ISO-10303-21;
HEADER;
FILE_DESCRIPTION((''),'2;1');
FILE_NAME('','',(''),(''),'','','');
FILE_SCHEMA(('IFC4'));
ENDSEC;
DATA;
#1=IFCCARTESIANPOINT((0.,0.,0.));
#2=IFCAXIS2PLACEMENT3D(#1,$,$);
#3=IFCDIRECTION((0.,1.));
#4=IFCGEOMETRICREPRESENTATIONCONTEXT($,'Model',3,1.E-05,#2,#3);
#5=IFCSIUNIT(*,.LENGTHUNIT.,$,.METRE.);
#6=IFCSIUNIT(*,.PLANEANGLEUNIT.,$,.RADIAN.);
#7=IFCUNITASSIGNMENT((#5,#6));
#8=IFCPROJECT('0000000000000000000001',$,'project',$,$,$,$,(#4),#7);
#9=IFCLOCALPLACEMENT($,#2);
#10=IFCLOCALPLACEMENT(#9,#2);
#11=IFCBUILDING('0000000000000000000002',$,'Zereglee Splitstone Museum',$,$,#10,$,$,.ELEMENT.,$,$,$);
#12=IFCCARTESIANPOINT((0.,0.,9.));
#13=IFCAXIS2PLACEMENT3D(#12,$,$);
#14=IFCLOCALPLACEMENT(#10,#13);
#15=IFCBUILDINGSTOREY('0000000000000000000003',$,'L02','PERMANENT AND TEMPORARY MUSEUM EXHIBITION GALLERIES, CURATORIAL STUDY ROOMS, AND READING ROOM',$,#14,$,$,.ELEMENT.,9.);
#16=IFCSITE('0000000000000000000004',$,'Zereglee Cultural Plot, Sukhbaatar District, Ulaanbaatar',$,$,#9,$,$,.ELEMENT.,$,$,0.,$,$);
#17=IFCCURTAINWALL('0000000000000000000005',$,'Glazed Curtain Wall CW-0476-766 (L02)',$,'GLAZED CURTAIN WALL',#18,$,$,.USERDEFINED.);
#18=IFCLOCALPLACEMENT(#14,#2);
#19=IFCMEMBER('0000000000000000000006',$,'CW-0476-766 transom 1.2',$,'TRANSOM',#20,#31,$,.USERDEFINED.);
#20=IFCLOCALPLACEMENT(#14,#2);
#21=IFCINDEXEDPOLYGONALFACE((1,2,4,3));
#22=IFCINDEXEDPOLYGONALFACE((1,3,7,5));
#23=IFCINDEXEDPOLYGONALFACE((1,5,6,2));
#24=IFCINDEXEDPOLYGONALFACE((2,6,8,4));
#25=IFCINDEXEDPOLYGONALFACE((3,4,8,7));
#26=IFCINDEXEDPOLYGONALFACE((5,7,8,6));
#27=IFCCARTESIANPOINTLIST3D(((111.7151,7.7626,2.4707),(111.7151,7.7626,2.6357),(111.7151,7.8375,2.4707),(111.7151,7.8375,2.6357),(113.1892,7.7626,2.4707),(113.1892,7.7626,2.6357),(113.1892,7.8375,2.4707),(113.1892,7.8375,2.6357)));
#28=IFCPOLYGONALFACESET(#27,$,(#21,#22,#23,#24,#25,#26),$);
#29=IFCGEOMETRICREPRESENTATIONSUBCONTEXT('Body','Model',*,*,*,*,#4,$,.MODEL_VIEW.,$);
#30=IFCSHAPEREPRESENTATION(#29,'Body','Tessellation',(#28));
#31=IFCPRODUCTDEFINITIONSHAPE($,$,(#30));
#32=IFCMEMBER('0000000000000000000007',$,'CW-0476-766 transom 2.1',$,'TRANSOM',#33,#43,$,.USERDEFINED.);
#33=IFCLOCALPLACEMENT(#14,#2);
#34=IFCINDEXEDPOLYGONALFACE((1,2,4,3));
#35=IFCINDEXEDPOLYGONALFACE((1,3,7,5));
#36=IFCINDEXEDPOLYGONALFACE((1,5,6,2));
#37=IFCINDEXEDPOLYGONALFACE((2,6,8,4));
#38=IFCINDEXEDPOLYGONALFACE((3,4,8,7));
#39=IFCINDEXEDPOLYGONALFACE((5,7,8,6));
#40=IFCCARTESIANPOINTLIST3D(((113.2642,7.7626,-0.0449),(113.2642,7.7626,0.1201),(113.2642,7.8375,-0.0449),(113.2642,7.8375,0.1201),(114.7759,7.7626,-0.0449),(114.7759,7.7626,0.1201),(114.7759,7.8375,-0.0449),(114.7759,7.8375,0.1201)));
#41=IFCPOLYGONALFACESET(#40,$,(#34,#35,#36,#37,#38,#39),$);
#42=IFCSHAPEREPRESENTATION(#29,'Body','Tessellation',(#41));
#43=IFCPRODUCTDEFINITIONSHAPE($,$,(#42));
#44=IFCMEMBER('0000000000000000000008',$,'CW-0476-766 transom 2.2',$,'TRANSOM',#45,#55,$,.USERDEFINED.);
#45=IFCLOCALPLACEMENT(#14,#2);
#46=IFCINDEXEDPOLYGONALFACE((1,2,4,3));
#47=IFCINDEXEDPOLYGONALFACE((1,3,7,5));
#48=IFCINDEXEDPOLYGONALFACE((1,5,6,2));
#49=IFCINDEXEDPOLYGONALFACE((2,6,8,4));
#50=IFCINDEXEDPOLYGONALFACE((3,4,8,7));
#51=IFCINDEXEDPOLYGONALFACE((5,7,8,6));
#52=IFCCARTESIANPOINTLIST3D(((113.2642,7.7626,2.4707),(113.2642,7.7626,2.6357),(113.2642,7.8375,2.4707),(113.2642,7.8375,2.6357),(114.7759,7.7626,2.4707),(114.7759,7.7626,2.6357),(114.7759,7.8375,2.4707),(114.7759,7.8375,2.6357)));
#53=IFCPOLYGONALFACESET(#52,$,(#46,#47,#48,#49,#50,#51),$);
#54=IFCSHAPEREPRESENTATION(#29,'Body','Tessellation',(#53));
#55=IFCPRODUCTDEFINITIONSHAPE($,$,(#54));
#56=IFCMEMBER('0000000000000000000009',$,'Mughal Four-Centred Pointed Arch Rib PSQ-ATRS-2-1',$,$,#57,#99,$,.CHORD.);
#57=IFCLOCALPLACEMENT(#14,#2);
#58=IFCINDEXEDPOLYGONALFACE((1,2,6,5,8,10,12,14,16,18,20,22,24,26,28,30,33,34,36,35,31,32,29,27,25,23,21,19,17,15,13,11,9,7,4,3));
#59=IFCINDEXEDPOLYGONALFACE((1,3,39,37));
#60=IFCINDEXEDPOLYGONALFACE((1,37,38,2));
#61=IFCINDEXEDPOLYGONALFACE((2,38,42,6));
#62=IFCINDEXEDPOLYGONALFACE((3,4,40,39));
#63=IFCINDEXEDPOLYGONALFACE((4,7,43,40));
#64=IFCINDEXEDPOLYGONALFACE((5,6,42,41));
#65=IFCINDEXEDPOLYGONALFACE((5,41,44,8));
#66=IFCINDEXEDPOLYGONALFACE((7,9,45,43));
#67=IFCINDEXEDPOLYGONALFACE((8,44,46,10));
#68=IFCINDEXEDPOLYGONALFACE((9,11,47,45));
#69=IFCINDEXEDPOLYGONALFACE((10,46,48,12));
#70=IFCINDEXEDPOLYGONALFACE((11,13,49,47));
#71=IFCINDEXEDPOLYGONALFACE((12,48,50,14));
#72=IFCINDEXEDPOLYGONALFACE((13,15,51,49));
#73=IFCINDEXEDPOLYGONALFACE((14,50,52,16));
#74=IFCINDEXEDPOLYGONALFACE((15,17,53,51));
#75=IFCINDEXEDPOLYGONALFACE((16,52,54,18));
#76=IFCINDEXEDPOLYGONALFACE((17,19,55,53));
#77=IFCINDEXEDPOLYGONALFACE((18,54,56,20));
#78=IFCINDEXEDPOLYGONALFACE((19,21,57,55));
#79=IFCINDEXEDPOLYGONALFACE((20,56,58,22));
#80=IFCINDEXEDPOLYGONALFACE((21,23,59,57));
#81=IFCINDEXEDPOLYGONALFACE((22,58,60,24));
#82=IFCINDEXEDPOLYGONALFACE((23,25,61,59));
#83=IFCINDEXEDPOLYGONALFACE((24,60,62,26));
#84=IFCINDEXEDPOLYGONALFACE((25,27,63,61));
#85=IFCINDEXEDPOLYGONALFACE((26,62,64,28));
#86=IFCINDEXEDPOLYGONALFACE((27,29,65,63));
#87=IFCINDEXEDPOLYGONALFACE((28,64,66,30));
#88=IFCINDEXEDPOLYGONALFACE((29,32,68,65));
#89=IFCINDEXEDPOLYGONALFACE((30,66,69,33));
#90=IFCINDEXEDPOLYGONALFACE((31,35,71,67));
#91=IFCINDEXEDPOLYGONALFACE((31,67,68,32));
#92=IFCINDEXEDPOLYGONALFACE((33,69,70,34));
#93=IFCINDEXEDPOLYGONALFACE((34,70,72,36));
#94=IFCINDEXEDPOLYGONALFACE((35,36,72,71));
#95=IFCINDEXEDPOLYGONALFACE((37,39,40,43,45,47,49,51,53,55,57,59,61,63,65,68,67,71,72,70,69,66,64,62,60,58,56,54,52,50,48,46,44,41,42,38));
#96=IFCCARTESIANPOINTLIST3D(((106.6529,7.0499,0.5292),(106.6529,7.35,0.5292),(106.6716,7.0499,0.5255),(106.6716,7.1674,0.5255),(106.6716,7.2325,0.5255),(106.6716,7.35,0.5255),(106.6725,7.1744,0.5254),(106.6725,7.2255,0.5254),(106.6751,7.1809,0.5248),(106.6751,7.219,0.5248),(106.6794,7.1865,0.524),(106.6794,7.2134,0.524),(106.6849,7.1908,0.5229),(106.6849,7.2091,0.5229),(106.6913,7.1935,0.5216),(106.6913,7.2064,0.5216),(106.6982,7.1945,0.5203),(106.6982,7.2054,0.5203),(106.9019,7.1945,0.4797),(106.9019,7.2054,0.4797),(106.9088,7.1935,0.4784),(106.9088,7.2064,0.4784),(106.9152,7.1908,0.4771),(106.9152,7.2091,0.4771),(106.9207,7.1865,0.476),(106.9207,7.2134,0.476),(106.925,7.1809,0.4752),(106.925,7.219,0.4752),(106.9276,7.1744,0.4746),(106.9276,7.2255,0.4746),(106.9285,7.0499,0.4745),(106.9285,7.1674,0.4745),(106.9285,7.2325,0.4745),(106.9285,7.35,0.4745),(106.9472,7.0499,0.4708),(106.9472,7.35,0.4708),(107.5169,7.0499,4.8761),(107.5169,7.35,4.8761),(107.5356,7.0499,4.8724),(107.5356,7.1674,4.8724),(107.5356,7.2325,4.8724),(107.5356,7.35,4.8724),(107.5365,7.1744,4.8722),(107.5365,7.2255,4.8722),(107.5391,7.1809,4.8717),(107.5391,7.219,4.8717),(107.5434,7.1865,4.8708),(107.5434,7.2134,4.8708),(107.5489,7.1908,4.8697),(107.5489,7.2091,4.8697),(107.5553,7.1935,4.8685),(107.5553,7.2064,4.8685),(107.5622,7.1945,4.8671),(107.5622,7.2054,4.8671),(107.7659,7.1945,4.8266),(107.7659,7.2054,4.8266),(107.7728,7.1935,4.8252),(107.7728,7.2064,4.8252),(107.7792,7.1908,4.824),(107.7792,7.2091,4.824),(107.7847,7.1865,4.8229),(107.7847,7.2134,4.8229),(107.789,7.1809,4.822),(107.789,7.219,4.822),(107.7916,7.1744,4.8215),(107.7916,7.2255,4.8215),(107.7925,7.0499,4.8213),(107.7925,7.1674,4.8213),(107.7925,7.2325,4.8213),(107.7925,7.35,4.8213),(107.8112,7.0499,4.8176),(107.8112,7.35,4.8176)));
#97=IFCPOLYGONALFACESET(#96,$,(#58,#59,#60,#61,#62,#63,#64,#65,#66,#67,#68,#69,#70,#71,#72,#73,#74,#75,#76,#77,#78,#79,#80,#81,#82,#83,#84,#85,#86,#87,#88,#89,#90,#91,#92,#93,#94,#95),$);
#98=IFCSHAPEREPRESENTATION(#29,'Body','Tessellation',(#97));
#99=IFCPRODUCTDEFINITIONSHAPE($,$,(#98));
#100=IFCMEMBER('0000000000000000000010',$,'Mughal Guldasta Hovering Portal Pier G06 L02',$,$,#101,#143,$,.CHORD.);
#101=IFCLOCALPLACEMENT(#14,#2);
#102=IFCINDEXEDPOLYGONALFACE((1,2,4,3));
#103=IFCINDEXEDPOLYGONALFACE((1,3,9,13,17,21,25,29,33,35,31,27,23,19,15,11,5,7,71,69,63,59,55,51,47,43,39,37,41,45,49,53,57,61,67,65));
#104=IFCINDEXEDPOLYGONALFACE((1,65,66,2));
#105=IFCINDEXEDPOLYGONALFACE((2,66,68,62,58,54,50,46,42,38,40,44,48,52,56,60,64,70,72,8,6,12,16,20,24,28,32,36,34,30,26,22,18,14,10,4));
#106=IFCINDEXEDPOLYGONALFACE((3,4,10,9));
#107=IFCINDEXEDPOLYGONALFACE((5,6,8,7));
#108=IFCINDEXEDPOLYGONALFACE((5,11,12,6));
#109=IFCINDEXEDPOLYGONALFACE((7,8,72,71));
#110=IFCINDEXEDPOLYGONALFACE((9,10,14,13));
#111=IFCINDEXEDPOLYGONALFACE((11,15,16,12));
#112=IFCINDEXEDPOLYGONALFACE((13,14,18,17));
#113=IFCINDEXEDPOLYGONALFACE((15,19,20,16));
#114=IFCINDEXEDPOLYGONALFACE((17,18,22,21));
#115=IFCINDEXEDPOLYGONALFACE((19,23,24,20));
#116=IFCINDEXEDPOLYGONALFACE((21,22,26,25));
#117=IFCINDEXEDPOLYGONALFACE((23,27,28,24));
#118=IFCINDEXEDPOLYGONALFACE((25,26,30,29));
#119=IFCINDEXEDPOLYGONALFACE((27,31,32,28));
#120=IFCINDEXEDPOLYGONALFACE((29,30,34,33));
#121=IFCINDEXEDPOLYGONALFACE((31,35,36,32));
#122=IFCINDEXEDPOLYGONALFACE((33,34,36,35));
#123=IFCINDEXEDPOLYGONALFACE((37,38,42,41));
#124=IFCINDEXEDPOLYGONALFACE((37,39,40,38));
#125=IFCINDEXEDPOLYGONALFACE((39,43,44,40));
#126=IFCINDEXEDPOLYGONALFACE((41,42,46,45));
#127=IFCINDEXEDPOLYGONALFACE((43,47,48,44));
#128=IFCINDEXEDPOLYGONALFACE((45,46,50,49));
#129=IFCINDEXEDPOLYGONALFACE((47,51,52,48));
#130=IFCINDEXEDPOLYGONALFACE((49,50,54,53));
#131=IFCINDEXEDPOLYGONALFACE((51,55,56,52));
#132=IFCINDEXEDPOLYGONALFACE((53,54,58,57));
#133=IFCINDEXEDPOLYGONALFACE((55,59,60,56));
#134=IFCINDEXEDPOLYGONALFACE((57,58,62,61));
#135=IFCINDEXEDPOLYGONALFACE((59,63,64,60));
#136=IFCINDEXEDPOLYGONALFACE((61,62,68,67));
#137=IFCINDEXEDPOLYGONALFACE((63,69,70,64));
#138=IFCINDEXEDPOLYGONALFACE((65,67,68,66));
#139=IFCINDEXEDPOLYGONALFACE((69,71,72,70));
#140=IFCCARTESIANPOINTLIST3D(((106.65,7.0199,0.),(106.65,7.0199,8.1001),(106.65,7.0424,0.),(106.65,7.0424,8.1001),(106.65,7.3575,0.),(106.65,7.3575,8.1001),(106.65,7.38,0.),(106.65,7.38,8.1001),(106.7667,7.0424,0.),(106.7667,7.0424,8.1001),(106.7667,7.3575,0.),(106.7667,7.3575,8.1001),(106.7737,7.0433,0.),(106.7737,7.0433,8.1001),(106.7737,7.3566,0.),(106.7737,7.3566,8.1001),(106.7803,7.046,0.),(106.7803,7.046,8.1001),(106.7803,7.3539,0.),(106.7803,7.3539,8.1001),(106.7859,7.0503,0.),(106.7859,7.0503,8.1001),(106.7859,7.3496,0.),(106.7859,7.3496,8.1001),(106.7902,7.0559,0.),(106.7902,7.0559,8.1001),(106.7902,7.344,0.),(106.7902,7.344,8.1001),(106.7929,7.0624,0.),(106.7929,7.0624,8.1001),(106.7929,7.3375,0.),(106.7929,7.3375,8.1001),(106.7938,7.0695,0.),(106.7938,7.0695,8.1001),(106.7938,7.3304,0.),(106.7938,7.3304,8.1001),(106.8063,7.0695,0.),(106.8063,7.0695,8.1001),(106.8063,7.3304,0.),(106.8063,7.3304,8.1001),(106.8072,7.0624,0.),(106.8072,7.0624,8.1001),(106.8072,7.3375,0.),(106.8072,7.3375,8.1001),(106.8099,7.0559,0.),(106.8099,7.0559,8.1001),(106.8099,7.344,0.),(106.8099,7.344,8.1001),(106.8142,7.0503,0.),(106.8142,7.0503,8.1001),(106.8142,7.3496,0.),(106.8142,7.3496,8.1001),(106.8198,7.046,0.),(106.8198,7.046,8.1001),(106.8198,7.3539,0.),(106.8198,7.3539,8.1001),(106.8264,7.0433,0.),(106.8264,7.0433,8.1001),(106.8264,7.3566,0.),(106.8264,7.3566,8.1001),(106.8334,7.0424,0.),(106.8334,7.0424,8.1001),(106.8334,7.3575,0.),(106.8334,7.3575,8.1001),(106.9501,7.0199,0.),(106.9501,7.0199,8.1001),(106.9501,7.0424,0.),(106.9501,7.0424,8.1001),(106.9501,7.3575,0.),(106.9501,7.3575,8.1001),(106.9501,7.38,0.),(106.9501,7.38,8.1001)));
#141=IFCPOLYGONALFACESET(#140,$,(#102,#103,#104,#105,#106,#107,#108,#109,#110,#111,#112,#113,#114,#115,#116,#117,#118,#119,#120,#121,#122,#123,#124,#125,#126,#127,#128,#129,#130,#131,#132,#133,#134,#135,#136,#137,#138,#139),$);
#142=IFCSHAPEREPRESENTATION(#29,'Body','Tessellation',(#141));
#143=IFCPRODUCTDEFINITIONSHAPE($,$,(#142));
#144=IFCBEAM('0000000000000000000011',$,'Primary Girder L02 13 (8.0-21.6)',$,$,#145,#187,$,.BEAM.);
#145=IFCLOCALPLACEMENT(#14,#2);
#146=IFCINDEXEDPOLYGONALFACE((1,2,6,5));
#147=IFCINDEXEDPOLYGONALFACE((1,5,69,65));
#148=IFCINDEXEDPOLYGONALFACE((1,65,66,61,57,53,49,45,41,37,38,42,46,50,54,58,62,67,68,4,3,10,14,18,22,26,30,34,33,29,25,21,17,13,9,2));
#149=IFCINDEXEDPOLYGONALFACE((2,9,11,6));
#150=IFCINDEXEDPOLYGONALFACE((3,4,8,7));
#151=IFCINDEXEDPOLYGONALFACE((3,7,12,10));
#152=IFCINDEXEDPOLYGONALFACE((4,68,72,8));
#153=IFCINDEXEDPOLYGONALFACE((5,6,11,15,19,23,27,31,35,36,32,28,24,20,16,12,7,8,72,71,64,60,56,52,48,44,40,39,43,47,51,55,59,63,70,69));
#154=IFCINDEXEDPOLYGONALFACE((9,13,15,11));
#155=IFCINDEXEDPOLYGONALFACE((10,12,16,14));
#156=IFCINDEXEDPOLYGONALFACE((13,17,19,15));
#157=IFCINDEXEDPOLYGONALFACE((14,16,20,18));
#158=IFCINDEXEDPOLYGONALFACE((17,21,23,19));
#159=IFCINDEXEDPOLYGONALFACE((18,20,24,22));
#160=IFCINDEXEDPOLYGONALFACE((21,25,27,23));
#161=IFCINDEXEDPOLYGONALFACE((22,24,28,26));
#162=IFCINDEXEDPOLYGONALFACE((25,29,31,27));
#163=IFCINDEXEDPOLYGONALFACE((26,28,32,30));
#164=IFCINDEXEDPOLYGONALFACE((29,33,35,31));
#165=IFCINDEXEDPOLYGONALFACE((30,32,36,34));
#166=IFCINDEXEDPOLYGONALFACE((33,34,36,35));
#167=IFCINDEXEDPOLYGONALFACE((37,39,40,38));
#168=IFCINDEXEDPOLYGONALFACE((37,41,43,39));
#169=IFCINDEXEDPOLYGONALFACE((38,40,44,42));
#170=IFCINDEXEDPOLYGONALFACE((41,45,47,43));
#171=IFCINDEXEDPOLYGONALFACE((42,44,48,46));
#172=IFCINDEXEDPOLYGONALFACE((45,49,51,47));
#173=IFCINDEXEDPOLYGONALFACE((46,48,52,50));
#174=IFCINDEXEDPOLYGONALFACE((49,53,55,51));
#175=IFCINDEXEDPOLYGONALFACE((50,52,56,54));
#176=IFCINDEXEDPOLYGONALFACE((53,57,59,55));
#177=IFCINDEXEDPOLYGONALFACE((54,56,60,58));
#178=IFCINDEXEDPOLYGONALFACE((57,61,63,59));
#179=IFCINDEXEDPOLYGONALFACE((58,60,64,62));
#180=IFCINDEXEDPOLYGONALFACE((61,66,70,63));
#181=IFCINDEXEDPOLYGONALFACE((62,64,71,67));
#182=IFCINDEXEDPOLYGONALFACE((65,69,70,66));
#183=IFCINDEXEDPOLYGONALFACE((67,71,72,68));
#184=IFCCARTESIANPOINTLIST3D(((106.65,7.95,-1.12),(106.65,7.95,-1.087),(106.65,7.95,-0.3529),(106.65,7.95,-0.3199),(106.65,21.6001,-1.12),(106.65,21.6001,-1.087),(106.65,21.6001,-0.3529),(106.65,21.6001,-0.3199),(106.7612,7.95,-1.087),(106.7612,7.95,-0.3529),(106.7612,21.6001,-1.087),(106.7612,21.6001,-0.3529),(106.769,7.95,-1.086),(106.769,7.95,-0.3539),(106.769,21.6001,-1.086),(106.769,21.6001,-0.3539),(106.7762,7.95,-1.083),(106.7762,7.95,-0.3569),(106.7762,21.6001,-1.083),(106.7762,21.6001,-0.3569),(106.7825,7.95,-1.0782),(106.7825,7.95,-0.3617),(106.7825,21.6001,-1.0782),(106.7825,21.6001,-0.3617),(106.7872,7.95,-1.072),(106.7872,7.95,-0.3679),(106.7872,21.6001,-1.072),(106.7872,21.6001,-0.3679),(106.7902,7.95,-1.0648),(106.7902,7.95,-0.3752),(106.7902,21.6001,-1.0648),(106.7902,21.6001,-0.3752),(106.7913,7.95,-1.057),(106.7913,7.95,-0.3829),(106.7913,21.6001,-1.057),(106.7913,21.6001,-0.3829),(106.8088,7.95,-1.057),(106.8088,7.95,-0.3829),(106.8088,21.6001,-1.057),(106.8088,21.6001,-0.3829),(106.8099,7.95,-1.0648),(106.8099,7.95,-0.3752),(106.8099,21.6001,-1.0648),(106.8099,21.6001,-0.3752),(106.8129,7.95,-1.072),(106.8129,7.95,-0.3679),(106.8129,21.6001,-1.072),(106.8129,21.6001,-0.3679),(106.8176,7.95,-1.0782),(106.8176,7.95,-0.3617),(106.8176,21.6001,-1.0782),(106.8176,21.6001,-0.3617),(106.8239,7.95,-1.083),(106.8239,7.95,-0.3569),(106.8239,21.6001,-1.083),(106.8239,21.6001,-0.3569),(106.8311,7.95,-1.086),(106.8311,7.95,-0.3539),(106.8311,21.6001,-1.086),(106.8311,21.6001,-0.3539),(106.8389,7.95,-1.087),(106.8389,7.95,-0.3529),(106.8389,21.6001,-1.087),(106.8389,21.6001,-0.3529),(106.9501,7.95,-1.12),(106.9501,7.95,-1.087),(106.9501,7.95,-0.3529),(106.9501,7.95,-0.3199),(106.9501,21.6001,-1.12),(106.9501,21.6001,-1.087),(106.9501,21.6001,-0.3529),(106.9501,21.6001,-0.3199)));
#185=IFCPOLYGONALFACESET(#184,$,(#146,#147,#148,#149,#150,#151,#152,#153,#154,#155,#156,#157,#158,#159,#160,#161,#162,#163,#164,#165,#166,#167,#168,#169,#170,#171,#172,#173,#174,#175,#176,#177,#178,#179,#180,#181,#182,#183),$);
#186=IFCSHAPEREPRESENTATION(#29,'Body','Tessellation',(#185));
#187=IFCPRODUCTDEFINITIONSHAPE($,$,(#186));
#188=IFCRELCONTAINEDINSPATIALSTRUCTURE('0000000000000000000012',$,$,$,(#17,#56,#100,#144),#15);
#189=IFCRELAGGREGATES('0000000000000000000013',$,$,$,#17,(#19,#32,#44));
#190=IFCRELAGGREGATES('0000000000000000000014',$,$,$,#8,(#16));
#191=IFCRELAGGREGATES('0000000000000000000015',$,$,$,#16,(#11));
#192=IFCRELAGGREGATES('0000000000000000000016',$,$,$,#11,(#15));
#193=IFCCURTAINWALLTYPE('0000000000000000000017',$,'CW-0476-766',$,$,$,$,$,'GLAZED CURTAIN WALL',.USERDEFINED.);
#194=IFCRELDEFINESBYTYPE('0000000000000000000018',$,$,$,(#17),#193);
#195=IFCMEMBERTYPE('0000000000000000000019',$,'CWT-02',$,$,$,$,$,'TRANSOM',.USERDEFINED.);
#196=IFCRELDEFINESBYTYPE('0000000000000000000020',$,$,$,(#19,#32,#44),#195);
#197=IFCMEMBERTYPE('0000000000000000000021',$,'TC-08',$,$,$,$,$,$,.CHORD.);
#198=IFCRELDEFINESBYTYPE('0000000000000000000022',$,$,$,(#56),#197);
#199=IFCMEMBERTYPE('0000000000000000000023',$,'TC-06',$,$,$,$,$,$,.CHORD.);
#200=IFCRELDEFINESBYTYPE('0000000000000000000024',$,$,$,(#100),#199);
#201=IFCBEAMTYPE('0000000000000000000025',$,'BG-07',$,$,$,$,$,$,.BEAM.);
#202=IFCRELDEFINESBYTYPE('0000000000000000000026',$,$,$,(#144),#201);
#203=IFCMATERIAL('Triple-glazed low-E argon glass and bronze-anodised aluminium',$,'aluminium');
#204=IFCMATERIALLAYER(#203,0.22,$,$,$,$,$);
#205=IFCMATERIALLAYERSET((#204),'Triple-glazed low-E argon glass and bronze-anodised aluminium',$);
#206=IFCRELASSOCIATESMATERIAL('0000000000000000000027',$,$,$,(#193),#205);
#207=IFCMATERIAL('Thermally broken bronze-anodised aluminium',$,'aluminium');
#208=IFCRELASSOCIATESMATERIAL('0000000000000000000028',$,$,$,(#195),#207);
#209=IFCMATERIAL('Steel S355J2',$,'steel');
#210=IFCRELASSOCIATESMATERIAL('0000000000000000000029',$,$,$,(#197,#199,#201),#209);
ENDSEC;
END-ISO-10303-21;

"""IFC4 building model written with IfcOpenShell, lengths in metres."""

from ifc_helpers import new_model, si_unit, direction, frame, origin, origin_2d, place, context, subcontext, project, spatial, rectangle, i_section, extrude, material, layer, layer_set, material_profile, profile_set, type_object, element, aggregate, save


model = new_model("IFC4")

# Units and contexts
model_context = context("Model", 3, precision=1e-05, world=origin(), true_north=direction((0.0, 1.0)))
body_context = subcontext(model_context, "Body", "Model", "MODEL_VIEW")
ifc_project = project(units=[si_unit("LENGTHUNIT", "METRE"), si_unit("PLANEANGLEUNIT", "RADIAN")], contexts=[model_context])

# Site, building, storey
site_placement = place(None, origin())
site = spatial("IfcSite", under=ifc_project, at=site_placement, Name="Zereglee Cultural Plot, Sukhbaatar District, Ulaanbaatar", CompositionType="ELEMENT", RefElevation=0.0)
building_placement = place(site_placement, origin())
building = spatial("IfcBuilding", under=site, at=building_placement, Name="Zereglee Splitstone Museum", CompositionType="ELEMENT")
storey_placement = place(building_placement, frame((0.0, 0.0, 9.0)))
storey = spatial("IfcBuildingStorey", under=building, at=storey_placement, Name="L02", Description="PERMANENT AND TEMPORARY MUSEUM EXHIBITION GALLERIES, CURATORIAL STUDY ROOMS, AND READING ROOM", CompositionType="ELEMENT", Elevation=9.0)

# Shared definitions
ifc_material_1 = material(Name="Steel S355J2", Category="steel")

# Shared definitions
ifc_material_2 = material(Name="Triple-glazed low-E argon glass and bronze-anodised aluminium", Category="aluminium")
ifc_material_3 = material(Name="Thermally broken bronze-anodised aluminium", Category="aluminium")

# Curtain wall
ifc_layer_1 = layer(ifc_material_2, 0.22)
ifc_layer_set_1 = layer_set([ifc_layer_1], Name="Triple-glazed low-E argon glass and bronze-anodised aluminium")
curtain_wall_type_1 = type_object("IfcCurtainWallType", Name="CW-0476-766", ElementType="GLAZED CURTAIN WALL", PredefinedType="USERDEFINED", material=ifc_layer_set_1)
curtain_wall_1_placement = place(storey_placement, origin())
curtain_wall_1 = element("IfcCurtainWall", 1, at=curtain_wall_1_placement, inside=storey, type_object=curtain_wall_type_1, Name="Glazed Curtain Wall CW-0476-766 (L02)", ObjectType="GLAZED CURTAIN WALL", PredefinedType="USERDEFINED")

# Members
ifc_material_profile_1 = material_profile(ifc_material_3, rectangle(XDim=0.075, YDim=0.165, at=origin_2d()), Name="CW TRAN 75x165")
ifc_profile_set_1 = profile_set([ifc_material_profile_1], Name="Thermally broken bronze-anodised aluminium")
member_type_1 = type_object("IfcMemberType", Name="CWT-02", ElementType="TRANSOM", PredefinedType="USERDEFINED", material=ifc_profile_set_1)
member_1_placement = place(storey_placement, frame((111.7151, 7.8, 2.5532), z_axis=(1.0, 0.0, 0.0), x_axis=(0.0, 1.0, 0.0)))
member_1 = element("IfcMember", 2, at=member_1_placement, type_object=member_type_1, Name="CW-0476-766 transom 1.2", ObjectType="TRANSOM", PredefinedType="USERDEFINED", context=body_context, shape_type="SweptSolid", body=[
    extrude(rectangle(XDim=0.075, YDim=0.165, at=origin_2d()), origin(), (0.0, 0.0, 1.0), 1.4741),
])
member_2_placement = place(storey_placement, frame((113.2642, 7.8, 0.0376), z_axis=(1.0, 0.0, 0.0), x_axis=(0.0, 1.0, 0.0)))
member_2 = element("IfcMember", 3, at=member_2_placement, type_object=member_type_1, Name="CW-0476-766 transom 2.1", ObjectType="TRANSOM", PredefinedType="USERDEFINED", context=body_context, shape_type="SweptSolid", body=[
    extrude(rectangle(XDim=0.075, YDim=0.165, at=origin_2d()), origin(), (0.0, 0.0, 1.0), 1.5117),
])
member_3_placement = place(storey_placement, frame((113.2642, 7.8, 2.5532), z_axis=(1.0, 0.0, 0.0), x_axis=(0.0, 1.0, 0.0)))
member_3 = element("IfcMember", 4, at=member_3_placement, type_object=member_type_1, Name="CW-0476-766 transom 2.2", ObjectType="TRANSOM", PredefinedType="USERDEFINED", context=body_context, shape_type="SweptSolid", body=[
    extrude(rectangle(XDim=0.075, YDim=0.165, at=origin_2d()), origin(), (0.0, 0.0, 1.0), 1.5117),
])

# Members
ifc_material_profile_2 = material_profile(ifc_material_1, i_section(OverallWidth=0.3, OverallDepth=0.3, WebThickness=0.011, FlangeThickness=0.019, FilletRadius=0.0271, at=origin_2d()), Name="HE 300 B")
ifc_profile_set_2 = profile_set([ifc_material_profile_2], Name="Steel S355J2")
member_type_2 = type_object("IfcMemberType", Name="TC-08", PredefinedType="CHORD", material=ifc_profile_set_2)
member_4_placement = place(storey_placement, frame((106.8, 7.2, 0.5), z_axis=(0.194951, 0.0, 0.980813), x_axis=(0.0, 1.0, 0.0)))
element("IfcMember", 5, at=member_4_placement, inside=storey, type_object=member_type_2, Name="Mughal Four-Centred Pointed Arch Rib PSQ-ATRS-2-1", PredefinedType="CHORD", context=body_context, shape_type="SweptSolid", body=[
    extrude(i_section(OverallWidth=0.3, OverallDepth=0.3, WebThickness=0.011, FlangeThickness=0.019, FilletRadius=0.0271, at=origin_2d()), origin(), (0.0, 0.0, 1.0), 4.4319),
])
ifc_material_profile_3 = material_profile(ifc_material_1, i_section(OverallWidth=0.3, OverallDepth=0.3601, WebThickness=0.0125, FlangeThickness=0.0225, FilletRadius=0.0271, at=origin_2d()), Name="HE 360 B")
ifc_profile_set_3 = profile_set([ifc_material_profile_3], Name="Steel S355J2")
member_type_3 = type_object("IfcMemberType", Name="TC-06", PredefinedType="CHORD", material=ifc_profile_set_3)
member_5_placement = place(storey_placement, frame((106.8, 7.2, 0.0), z_axis=(0.0, 0.0, 1.0), x_axis=(1.0, 0.0, 0.0)))
element("IfcMember", 6, at=member_5_placement, inside=storey, type_object=member_type_3, Name="Mughal Guldasta Hovering Portal Pier G06 L02", PredefinedType="CHORD", context=body_context, shape_type="SweptSolid", body=[
    extrude(i_section(OverallWidth=0.3, OverallDepth=0.3601, WebThickness=0.0125, FlangeThickness=0.0225, FilletRadius=0.0271, at=origin_2d()), origin(), (0.0, 0.0, 1.0), 8.1001),
])

# Beam
ifc_material_profile_4 = material_profile(ifc_material_1, i_section(OverallWidth=0.3, OverallDepth=0.8, WebThickness=0.0176, FlangeThickness=0.033, FilletRadius=0.03, at=origin_2d()), Name="HE 800 B")
ifc_profile_set_4 = profile_set([ifc_material_profile_4], Name="Steel S355J2")
beam_type_1 = type_object("IfcBeamType", Name="BG-07", PredefinedType="BEAM", material=ifc_profile_set_4)
beam_1_placement = place(storey_placement, frame((106.8, 7.95, -0.72), z_axis=(0.0, 1.0, 0.0), x_axis=(-1.0, 0.0, 0.0)))
element("IfcBeam", 7, at=beam_1_placement, inside=storey, type_object=beam_type_1, Name="Primary Girder L02 13 (8.0-21.6)", PredefinedType="BEAM", context=body_context, shape_type="SweptSolid", body=[
    extrude(i_section(OverallWidth=0.3, OverallDepth=0.8, WebThickness=0.0176, FlangeThickness=0.033, FilletRadius=0.03, at=origin_2d()), origin(), (0.0, 0.0, 1.0), 13.6501),
])

aggregate(curtain_wall_1, [member_1, member_2, member_3])

save(model, "model.ifc")
